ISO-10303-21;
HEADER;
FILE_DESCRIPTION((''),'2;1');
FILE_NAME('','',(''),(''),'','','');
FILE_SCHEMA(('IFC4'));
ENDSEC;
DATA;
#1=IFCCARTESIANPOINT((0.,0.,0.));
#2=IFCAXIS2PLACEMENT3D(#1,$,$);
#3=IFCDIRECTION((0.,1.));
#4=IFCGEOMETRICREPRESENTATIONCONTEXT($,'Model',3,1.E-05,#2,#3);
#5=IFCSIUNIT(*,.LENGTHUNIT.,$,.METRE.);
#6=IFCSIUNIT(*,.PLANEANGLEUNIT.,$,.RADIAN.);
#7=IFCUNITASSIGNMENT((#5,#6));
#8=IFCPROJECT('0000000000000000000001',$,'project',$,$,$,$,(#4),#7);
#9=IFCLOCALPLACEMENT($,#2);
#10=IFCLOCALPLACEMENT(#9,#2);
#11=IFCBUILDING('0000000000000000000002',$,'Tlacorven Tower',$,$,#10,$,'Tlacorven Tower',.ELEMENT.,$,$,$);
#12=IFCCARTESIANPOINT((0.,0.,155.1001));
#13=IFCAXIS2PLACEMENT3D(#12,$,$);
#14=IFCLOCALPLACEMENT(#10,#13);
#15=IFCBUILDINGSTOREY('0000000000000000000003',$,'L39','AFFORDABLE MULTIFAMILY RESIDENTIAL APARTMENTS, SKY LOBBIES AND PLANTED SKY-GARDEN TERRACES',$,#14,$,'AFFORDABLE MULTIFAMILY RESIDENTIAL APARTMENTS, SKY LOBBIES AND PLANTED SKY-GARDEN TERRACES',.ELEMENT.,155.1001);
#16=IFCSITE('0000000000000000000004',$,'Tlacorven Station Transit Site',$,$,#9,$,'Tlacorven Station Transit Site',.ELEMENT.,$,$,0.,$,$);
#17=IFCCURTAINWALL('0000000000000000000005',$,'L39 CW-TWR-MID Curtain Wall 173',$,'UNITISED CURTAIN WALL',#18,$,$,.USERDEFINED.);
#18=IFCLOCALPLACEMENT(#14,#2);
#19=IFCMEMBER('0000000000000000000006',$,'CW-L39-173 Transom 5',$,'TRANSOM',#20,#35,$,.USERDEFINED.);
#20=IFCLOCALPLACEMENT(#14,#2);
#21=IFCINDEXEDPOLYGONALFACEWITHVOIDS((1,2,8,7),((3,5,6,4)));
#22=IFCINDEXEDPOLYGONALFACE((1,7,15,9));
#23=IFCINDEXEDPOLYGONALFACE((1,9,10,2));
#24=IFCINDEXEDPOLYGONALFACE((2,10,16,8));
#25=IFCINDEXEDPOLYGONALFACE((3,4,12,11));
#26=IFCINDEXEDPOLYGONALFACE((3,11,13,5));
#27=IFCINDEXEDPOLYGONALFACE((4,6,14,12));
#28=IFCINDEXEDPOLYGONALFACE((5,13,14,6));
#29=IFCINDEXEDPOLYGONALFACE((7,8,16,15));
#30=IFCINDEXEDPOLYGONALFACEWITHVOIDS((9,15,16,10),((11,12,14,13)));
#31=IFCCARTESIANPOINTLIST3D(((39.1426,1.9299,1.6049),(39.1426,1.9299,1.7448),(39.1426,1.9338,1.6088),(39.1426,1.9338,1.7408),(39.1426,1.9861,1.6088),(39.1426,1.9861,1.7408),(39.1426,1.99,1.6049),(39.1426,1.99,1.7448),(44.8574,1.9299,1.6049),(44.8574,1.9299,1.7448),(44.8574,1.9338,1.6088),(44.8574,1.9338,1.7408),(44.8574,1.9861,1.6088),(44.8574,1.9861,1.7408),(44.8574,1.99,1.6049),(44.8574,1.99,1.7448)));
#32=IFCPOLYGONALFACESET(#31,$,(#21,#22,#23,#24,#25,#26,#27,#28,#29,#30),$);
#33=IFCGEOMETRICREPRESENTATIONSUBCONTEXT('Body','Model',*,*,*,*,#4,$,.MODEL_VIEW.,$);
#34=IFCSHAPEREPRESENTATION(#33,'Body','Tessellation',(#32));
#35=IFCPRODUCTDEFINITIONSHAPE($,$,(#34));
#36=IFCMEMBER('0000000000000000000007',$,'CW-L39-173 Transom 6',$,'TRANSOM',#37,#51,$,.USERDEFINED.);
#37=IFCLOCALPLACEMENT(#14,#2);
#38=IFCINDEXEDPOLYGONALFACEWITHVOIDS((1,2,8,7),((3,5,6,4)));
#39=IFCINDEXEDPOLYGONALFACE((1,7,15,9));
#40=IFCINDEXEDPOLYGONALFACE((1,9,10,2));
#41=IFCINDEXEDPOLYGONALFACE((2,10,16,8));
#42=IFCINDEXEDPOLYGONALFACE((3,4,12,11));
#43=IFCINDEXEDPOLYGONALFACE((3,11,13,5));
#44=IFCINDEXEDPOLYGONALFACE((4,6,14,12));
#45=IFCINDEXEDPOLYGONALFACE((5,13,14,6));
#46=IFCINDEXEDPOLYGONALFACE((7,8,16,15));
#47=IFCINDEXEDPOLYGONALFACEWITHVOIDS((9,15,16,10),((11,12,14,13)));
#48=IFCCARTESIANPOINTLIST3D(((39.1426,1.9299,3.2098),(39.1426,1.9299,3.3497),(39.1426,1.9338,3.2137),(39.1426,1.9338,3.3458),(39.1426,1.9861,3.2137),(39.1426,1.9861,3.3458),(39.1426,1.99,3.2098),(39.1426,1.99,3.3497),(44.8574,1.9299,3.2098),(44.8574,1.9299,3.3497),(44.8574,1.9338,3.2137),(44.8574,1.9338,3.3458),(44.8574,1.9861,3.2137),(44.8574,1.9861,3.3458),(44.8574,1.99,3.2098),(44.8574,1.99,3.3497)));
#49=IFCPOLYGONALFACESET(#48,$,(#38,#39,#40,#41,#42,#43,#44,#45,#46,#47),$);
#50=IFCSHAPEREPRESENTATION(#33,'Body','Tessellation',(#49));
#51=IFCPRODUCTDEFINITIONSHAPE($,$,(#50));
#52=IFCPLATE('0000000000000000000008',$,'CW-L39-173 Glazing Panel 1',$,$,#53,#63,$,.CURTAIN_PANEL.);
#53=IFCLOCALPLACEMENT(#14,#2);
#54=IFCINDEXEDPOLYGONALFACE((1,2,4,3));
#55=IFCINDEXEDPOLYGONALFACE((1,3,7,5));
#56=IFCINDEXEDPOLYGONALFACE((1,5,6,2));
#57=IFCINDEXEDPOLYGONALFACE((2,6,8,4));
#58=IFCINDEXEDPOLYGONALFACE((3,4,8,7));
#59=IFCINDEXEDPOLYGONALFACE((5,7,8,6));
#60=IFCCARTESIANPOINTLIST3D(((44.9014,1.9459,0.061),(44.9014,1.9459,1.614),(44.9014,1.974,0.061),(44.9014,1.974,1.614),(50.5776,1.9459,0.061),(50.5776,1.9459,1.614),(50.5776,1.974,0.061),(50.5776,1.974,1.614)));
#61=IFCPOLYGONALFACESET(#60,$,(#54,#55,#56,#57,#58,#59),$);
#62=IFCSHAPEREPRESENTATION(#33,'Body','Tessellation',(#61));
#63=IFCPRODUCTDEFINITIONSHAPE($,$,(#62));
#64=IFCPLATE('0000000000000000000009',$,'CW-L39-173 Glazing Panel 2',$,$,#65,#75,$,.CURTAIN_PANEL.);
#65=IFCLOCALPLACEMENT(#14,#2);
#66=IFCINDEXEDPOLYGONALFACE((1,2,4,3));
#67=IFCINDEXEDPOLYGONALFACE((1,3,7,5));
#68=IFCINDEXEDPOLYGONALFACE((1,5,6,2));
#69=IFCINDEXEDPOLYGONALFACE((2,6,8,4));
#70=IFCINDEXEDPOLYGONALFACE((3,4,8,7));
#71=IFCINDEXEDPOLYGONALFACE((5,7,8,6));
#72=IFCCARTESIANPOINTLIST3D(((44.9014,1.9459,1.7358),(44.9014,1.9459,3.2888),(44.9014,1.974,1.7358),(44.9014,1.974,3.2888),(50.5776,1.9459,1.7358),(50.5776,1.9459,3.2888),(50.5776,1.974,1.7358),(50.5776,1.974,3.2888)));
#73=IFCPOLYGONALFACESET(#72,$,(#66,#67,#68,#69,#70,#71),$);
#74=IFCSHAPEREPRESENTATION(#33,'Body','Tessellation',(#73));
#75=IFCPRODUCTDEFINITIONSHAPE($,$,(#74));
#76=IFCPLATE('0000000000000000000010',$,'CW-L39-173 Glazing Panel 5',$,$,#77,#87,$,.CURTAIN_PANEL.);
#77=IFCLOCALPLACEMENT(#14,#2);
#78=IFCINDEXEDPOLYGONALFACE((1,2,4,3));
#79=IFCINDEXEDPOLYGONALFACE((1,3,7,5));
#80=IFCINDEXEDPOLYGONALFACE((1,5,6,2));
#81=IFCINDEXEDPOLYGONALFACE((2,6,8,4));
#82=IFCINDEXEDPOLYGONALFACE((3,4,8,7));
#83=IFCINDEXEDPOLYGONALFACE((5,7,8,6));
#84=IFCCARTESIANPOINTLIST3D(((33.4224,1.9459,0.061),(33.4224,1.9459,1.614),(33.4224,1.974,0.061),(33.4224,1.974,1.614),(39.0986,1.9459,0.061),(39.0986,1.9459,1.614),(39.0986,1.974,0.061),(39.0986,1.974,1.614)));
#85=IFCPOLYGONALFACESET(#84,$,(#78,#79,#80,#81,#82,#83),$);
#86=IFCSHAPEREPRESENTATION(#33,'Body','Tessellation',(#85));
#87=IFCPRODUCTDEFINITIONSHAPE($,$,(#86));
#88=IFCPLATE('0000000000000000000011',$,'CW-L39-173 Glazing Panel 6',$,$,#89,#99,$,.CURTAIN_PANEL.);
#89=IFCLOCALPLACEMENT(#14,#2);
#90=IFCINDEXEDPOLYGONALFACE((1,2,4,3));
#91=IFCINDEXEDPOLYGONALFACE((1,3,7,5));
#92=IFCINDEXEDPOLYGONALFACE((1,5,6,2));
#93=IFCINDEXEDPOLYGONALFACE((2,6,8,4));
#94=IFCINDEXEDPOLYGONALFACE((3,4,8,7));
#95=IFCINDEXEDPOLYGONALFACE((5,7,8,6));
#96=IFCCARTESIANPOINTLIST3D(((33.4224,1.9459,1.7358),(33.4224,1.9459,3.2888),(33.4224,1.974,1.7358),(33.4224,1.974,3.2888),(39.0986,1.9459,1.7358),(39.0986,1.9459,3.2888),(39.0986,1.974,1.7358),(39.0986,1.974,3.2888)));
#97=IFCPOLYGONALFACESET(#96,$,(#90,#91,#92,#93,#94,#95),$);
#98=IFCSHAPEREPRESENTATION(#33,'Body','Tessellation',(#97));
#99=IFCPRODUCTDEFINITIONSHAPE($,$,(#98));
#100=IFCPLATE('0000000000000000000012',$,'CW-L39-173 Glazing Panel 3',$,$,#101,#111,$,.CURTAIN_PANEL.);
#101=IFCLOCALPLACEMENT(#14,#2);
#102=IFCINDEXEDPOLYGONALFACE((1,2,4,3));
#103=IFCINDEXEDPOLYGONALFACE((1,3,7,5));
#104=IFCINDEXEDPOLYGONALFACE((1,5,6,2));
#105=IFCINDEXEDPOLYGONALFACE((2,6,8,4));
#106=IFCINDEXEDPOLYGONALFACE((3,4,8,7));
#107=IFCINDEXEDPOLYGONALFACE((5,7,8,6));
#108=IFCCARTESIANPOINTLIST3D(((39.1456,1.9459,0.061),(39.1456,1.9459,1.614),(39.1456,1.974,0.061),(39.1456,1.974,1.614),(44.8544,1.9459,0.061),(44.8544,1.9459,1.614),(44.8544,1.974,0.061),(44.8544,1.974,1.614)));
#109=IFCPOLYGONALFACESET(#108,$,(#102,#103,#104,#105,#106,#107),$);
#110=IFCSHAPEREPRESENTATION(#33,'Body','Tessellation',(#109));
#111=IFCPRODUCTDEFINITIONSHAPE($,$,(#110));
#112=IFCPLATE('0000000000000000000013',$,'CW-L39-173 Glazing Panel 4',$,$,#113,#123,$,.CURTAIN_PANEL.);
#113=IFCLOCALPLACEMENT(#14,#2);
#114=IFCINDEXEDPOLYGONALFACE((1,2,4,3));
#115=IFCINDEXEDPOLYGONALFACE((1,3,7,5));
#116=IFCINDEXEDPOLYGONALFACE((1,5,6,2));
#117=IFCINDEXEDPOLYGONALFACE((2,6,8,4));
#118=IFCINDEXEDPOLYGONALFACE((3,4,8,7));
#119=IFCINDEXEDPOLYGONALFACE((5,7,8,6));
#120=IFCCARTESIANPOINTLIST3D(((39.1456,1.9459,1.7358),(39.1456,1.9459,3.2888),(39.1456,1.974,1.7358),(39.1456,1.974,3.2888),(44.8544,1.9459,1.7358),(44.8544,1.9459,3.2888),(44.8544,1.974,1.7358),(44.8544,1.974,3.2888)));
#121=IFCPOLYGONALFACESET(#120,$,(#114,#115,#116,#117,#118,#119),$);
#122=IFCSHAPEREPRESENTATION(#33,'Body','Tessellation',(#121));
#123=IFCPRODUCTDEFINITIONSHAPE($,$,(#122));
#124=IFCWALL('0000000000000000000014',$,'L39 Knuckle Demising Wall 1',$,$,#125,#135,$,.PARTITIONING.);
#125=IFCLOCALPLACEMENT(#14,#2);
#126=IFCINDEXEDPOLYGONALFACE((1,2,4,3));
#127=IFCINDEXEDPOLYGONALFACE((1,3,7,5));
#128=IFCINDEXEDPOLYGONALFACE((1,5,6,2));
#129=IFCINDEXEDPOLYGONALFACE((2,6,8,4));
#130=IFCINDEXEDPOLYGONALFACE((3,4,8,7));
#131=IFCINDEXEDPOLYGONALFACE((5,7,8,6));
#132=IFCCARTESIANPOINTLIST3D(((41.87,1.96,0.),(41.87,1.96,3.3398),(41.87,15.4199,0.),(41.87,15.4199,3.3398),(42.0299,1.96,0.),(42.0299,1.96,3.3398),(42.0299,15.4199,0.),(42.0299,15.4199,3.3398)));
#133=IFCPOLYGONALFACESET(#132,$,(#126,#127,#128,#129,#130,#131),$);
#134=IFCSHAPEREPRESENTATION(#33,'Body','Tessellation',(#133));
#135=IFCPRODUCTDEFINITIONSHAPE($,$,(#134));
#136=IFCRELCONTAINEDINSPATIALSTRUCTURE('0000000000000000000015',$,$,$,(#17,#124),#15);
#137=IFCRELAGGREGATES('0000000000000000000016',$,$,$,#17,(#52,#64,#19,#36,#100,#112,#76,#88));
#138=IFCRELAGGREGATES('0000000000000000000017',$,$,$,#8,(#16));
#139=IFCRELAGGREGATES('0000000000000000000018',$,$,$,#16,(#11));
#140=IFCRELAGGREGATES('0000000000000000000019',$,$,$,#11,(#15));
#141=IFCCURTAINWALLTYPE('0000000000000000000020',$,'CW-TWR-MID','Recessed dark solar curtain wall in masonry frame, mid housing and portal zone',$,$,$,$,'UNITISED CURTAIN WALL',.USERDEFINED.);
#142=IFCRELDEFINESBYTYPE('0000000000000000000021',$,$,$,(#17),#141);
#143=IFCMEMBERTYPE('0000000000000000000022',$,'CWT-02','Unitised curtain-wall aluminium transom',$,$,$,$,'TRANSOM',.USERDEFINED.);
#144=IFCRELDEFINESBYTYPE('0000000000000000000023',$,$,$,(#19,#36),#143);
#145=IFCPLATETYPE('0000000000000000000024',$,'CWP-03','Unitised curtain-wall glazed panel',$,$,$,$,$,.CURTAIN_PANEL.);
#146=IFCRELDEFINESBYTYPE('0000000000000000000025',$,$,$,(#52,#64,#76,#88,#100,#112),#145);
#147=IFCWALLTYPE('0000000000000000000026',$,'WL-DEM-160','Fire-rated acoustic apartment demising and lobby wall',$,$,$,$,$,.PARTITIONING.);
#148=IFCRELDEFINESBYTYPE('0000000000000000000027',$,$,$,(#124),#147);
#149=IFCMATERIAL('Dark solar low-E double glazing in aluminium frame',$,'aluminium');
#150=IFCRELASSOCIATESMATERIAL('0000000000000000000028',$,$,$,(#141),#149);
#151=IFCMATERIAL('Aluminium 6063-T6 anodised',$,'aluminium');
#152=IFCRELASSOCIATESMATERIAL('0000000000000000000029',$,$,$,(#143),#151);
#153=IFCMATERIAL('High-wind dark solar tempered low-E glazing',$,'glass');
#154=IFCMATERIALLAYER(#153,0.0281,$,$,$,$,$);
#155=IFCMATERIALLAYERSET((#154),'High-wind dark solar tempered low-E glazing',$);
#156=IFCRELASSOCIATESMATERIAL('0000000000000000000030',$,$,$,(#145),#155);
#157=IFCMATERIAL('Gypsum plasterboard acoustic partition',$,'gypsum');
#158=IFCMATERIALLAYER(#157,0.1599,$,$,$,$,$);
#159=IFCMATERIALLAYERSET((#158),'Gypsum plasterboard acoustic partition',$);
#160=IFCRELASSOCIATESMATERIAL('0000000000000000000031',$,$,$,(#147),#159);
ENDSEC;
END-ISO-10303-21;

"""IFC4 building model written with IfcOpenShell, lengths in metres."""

from ifc_helpers import new_model, si_unit, direction, frame, frame_2d, origin, origin_2d, place, context, subcontext, project, spatial, rectangle, hollow_rectangle, extrude, source, transform, mapped, material, layer, layer_set, material_profile, profile_set, type_object, element, aggregate, save


model = new_model("IFC4")

# Units and contexts
model_context = context("Model", 3, precision=1e-05, world=origin(), true_north=direction((0.0, 1.0)))
body_context = subcontext(model_context, "Body", "Model", "MODEL_VIEW")
ifc_project = project(units=[si_unit("LENGTHUNIT", "METRE"), si_unit("PLANEANGLEUNIT", "RADIAN")], contexts=[model_context])

# Site, building, storey
site_placement = place(None, origin())
site = spatial("IfcSite", under=ifc_project, at=site_placement, Name="Tlacorven Station Transit Site", LongName="Tlacorven Station Transit Site", CompositionType="ELEMENT", RefElevation=0.0)
building_placement = place(site_placement, origin())
building = spatial("IfcBuilding", under=site, at=building_placement, Name="Tlacorven Tower", LongName="Tlacorven Tower", CompositionType="ELEMENT")
storey_placement = place(building_placement, frame((0.0, 0.0, 155.1001)))
storey = spatial("IfcBuildingStorey", under=building, at=storey_placement, Name="L39", Description="AFFORDABLE MULTIFAMILY RESIDENTIAL APARTMENTS, SKY LOBBIES AND PLANTED SKY-GARDEN TERRACES", LongName="AFFORDABLE MULTIFAMILY RESIDENTIAL APARTMENTS, SKY LOBBIES AND PLANTED SKY-GARDEN TERRACES", CompositionType="ELEMENT", Elevation=155.1001)

# Curtain wall, members, plates
ifc_material_1 = material(Name="Dark solar low-E double glazing in aluminium frame", Category="aluminium")
curtain_wall_type = type_object("IfcCurtainWallType", Name="CW-TWR-MID", Description="Recessed dark solar curtain wall in masonry frame, mid housing and portal zone", ElementType="UNITISED CURTAIN WALL", PredefinedType="USERDEFINED", material=ifc_material_1)
curtain_wall_placement = place(storey_placement, origin())
curtain_wall = element("IfcCurtainWall", 1, at=curtain_wall_placement, inside=storey, type_object=curtain_wall_type, Name="L39 CW-TWR-MID Curtain Wall 173", ObjectType="UNITISED CURTAIN WALL", PredefinedType="USERDEFINED")
ifc_material_2 = material(Name="Aluminium 6063-T6 anodised", Category="aluminium")
ifc_material_profile_1 = material_profile(ifc_material_2, hollow_rectangle(XDim=0.0601, YDim=0.1399, WallThickness=0.0039, at=origin_2d()), Name="ALU TRANSOM 60X140")
ifc_profile_set_1 = profile_set([ifc_material_profile_1], Name="Aluminium 6063-T6 anodised")
member_type_1 = type_object("IfcMemberType", Name="CWT-02", Description="Unitised curtain-wall aluminium transom", ElementType="TRANSOM", PredefinedType="USERDEFINED", material=ifc_profile_set_1)
shared_shape_1 = source(origin(), body_context, "Body", "SweptSolid", [
    extrude(hollow_rectangle(XDim=0.0601, YDim=0.1399, WallThickness=0.0039, at=origin_2d()), origin(), (0.0, 0.0, 1.0), 5.7148),
])
member_1_placement = place(storey_placement, frame((44.8574, 1.96, 1.6748), z_axis=(-1.0, 0.0, 0.0), x_axis=(0.0, -1.0, 0.0)))
member_1 = element("IfcMember", 2, at=member_1_placement, type_object=member_type_1, Name="CW-L39-173 Transom 5", ObjectType="TRANSOM", PredefinedType="USERDEFINED", context=body_context, shape_type="MappedRepresentation", body=[
    mapped(shared_shape_1, transform((0.0, 0.0, 0.0), scale=1.0)),
])
member_2_placement = place(storey_placement, frame((44.8574, 1.96, 3.2798), z_axis=(-1.0, 0.0, 0.0), x_axis=(0.0, -1.0, 0.0)))
member_2 = element("IfcMember", 3, at=member_2_placement, type_object=member_type_1, Name="CW-L39-173 Transom 6", ObjectType="TRANSOM", PredefinedType="USERDEFINED", context=body_context, shape_type="MappedRepresentation", body=[
    mapped(shared_shape_1, transform((0.0, 0.0, 0.0), scale=1.0)),
])
ifc_material_3 = material(Name="High-wind dark solar tempered low-E glazing", Category="glass")
ifc_layer_1 = layer(ifc_material_3, 0.0281)
ifc_layer_set_1 = layer_set([ifc_layer_1], Name="High-wind dark solar tempered low-E glazing")
plate_type = type_object("IfcPlateType", Name="CWP-03", Description="Unitised curtain-wall glazed panel", PredefinedType="CURTAIN_PANEL", material=ifc_layer_set_1)
shared_shape_2 = source(origin(), body_context, "Body", "SweptSolid", [
    extrude(rectangle(XDim=5.6763, YDim=0.0281, at=origin_2d()), origin(), (0.0, 0.0, 1.0), 1.553),
])
plate_1_placement = place(storey_placement, frame((47.7395, 1.96, 0.061), z_axis=(0.0, 0.0, 1.0), x_axis=(-1.0, 0.0, 0.0)))
plate_1 = element("IfcPlate", 4, at=plate_1_placement, type_object=plate_type, Name="CW-L39-173 Glazing Panel 1", PredefinedType="CURTAIN_PANEL", context=body_context, shape_type="MappedRepresentation", body=[
    mapped(shared_shape_2, transform((0.0, 0.0, 0.0), scale=1.0)),
])
plate_2_placement = place(storey_placement, frame((47.7395, 1.96, 1.7358), z_axis=(0.0, 0.0, 1.0), x_axis=(-1.0, 0.0, 0.0)))
plate_2 = element("IfcPlate", 5, at=plate_2_placement, type_object=plate_type, Name="CW-L39-173 Glazing Panel 2", PredefinedType="CURTAIN_PANEL", context=body_context, shape_type="MappedRepresentation", body=[
    mapped(shared_shape_2, transform((0.0, 0.0, 0.0), scale=1.0)),
])
plate_3_placement = place(storey_placement, frame((36.2605, 1.96, 0.061), z_axis=(0.0, 0.0, 1.0), x_axis=(-1.0, 0.0, 0.0)))
plate_3 = element("IfcPlate", 6, at=plate_3_placement, type_object=plate_type, Name="CW-L39-173 Glazing Panel 5", PredefinedType="CURTAIN_PANEL", context=body_context, shape_type="MappedRepresentation", body=[
    mapped(shared_shape_2, transform((0.0, 0.0, 0.0), scale=1.0)),
])
plate_4_placement = place(storey_placement, frame((36.2605, 1.96, 1.7358), z_axis=(0.0, 0.0, 1.0), x_axis=(-1.0, 0.0, 0.0)))
plate_4 = element("IfcPlate", 7, at=plate_4_placement, type_object=plate_type, Name="CW-L39-173 Glazing Panel 6", PredefinedType="CURTAIN_PANEL", context=body_context, shape_type="MappedRepresentation", body=[
    mapped(shared_shape_2, transform((0.0, 0.0, 0.0), scale=1.0)),
])
shared_shape_3 = source(origin(), body_context, "Body", "SweptSolid", [
    extrude(rectangle(XDim=5.7087, YDim=0.0281, at=origin_2d()), origin(), (0.0, 0.0, 1.0), 1.553),
])
plate_5_placement = place(storey_placement, frame((42.0, 1.96, 0.061), z_axis=(0.0, 0.0, 1.0), x_axis=(-1.0, 0.0, 0.0)))
plate_5 = element("IfcPlate", 8, at=plate_5_placement, type_object=plate_type, Name="CW-L39-173 Glazing Panel 3", PredefinedType="CURTAIN_PANEL", context=body_context, shape_type="MappedRepresentation", body=[
    mapped(shared_shape_3, transform((0.0, 0.0, 0.0), scale=1.0)),
])
plate_6_placement = place(storey_placement, frame((42.0, 1.96, 1.7358), z_axis=(0.0, 0.0, 1.0), x_axis=(-1.0, 0.0, 0.0)))
plate_6 = element("IfcPlate", 9, at=plate_6_placement, type_object=plate_type, Name="CW-L39-173 Glazing Panel 4", PredefinedType="CURTAIN_PANEL", context=body_context, shape_type="MappedRepresentation", body=[
    mapped(shared_shape_3, transform((0.0, 0.0, 0.0), scale=1.0)),
])
aggregate(curtain_wall, [plate_1, plate_2, member_1, member_2, plate_5, plate_6, plate_3, plate_4])

# Wall
ifc_material_4 = material(Name="Gypsum plasterboard acoustic partition", Category="gypsum")
ifc_layer_2 = layer(ifc_material_4, 0.1599)
ifc_layer_set_2 = layer_set([ifc_layer_2], Name="Gypsum plasterboard acoustic partition")
wall_type_1 = type_object("IfcWallType", Name="WL-DEM-160", Description="Fire-rated acoustic apartment demising and lobby wall", PredefinedType="PARTITIONING", material=ifc_layer_set_2)
wall_1_placement = place(storey_placement, frame((41.95, 1.96, 0.0), z_axis=(0.0, 0.0, 1.0), x_axis=(0.0, 1.0, 0.0)))
element("IfcWall", 10, at=wall_1_placement, inside=storey, type_object=wall_type_1, Name="L39 Knuckle Demising Wall 1", PredefinedType="PARTITIONING", context=body_context, shape_type="SweptSolid", body=[
    extrude(rectangle(XDim=13.46, YDim=0.1599, at=frame_2d((6.73, 0.0))), origin(), (0.0, 0.0, 1.0), 3.3398),
])

save(model, "model.ifc")
